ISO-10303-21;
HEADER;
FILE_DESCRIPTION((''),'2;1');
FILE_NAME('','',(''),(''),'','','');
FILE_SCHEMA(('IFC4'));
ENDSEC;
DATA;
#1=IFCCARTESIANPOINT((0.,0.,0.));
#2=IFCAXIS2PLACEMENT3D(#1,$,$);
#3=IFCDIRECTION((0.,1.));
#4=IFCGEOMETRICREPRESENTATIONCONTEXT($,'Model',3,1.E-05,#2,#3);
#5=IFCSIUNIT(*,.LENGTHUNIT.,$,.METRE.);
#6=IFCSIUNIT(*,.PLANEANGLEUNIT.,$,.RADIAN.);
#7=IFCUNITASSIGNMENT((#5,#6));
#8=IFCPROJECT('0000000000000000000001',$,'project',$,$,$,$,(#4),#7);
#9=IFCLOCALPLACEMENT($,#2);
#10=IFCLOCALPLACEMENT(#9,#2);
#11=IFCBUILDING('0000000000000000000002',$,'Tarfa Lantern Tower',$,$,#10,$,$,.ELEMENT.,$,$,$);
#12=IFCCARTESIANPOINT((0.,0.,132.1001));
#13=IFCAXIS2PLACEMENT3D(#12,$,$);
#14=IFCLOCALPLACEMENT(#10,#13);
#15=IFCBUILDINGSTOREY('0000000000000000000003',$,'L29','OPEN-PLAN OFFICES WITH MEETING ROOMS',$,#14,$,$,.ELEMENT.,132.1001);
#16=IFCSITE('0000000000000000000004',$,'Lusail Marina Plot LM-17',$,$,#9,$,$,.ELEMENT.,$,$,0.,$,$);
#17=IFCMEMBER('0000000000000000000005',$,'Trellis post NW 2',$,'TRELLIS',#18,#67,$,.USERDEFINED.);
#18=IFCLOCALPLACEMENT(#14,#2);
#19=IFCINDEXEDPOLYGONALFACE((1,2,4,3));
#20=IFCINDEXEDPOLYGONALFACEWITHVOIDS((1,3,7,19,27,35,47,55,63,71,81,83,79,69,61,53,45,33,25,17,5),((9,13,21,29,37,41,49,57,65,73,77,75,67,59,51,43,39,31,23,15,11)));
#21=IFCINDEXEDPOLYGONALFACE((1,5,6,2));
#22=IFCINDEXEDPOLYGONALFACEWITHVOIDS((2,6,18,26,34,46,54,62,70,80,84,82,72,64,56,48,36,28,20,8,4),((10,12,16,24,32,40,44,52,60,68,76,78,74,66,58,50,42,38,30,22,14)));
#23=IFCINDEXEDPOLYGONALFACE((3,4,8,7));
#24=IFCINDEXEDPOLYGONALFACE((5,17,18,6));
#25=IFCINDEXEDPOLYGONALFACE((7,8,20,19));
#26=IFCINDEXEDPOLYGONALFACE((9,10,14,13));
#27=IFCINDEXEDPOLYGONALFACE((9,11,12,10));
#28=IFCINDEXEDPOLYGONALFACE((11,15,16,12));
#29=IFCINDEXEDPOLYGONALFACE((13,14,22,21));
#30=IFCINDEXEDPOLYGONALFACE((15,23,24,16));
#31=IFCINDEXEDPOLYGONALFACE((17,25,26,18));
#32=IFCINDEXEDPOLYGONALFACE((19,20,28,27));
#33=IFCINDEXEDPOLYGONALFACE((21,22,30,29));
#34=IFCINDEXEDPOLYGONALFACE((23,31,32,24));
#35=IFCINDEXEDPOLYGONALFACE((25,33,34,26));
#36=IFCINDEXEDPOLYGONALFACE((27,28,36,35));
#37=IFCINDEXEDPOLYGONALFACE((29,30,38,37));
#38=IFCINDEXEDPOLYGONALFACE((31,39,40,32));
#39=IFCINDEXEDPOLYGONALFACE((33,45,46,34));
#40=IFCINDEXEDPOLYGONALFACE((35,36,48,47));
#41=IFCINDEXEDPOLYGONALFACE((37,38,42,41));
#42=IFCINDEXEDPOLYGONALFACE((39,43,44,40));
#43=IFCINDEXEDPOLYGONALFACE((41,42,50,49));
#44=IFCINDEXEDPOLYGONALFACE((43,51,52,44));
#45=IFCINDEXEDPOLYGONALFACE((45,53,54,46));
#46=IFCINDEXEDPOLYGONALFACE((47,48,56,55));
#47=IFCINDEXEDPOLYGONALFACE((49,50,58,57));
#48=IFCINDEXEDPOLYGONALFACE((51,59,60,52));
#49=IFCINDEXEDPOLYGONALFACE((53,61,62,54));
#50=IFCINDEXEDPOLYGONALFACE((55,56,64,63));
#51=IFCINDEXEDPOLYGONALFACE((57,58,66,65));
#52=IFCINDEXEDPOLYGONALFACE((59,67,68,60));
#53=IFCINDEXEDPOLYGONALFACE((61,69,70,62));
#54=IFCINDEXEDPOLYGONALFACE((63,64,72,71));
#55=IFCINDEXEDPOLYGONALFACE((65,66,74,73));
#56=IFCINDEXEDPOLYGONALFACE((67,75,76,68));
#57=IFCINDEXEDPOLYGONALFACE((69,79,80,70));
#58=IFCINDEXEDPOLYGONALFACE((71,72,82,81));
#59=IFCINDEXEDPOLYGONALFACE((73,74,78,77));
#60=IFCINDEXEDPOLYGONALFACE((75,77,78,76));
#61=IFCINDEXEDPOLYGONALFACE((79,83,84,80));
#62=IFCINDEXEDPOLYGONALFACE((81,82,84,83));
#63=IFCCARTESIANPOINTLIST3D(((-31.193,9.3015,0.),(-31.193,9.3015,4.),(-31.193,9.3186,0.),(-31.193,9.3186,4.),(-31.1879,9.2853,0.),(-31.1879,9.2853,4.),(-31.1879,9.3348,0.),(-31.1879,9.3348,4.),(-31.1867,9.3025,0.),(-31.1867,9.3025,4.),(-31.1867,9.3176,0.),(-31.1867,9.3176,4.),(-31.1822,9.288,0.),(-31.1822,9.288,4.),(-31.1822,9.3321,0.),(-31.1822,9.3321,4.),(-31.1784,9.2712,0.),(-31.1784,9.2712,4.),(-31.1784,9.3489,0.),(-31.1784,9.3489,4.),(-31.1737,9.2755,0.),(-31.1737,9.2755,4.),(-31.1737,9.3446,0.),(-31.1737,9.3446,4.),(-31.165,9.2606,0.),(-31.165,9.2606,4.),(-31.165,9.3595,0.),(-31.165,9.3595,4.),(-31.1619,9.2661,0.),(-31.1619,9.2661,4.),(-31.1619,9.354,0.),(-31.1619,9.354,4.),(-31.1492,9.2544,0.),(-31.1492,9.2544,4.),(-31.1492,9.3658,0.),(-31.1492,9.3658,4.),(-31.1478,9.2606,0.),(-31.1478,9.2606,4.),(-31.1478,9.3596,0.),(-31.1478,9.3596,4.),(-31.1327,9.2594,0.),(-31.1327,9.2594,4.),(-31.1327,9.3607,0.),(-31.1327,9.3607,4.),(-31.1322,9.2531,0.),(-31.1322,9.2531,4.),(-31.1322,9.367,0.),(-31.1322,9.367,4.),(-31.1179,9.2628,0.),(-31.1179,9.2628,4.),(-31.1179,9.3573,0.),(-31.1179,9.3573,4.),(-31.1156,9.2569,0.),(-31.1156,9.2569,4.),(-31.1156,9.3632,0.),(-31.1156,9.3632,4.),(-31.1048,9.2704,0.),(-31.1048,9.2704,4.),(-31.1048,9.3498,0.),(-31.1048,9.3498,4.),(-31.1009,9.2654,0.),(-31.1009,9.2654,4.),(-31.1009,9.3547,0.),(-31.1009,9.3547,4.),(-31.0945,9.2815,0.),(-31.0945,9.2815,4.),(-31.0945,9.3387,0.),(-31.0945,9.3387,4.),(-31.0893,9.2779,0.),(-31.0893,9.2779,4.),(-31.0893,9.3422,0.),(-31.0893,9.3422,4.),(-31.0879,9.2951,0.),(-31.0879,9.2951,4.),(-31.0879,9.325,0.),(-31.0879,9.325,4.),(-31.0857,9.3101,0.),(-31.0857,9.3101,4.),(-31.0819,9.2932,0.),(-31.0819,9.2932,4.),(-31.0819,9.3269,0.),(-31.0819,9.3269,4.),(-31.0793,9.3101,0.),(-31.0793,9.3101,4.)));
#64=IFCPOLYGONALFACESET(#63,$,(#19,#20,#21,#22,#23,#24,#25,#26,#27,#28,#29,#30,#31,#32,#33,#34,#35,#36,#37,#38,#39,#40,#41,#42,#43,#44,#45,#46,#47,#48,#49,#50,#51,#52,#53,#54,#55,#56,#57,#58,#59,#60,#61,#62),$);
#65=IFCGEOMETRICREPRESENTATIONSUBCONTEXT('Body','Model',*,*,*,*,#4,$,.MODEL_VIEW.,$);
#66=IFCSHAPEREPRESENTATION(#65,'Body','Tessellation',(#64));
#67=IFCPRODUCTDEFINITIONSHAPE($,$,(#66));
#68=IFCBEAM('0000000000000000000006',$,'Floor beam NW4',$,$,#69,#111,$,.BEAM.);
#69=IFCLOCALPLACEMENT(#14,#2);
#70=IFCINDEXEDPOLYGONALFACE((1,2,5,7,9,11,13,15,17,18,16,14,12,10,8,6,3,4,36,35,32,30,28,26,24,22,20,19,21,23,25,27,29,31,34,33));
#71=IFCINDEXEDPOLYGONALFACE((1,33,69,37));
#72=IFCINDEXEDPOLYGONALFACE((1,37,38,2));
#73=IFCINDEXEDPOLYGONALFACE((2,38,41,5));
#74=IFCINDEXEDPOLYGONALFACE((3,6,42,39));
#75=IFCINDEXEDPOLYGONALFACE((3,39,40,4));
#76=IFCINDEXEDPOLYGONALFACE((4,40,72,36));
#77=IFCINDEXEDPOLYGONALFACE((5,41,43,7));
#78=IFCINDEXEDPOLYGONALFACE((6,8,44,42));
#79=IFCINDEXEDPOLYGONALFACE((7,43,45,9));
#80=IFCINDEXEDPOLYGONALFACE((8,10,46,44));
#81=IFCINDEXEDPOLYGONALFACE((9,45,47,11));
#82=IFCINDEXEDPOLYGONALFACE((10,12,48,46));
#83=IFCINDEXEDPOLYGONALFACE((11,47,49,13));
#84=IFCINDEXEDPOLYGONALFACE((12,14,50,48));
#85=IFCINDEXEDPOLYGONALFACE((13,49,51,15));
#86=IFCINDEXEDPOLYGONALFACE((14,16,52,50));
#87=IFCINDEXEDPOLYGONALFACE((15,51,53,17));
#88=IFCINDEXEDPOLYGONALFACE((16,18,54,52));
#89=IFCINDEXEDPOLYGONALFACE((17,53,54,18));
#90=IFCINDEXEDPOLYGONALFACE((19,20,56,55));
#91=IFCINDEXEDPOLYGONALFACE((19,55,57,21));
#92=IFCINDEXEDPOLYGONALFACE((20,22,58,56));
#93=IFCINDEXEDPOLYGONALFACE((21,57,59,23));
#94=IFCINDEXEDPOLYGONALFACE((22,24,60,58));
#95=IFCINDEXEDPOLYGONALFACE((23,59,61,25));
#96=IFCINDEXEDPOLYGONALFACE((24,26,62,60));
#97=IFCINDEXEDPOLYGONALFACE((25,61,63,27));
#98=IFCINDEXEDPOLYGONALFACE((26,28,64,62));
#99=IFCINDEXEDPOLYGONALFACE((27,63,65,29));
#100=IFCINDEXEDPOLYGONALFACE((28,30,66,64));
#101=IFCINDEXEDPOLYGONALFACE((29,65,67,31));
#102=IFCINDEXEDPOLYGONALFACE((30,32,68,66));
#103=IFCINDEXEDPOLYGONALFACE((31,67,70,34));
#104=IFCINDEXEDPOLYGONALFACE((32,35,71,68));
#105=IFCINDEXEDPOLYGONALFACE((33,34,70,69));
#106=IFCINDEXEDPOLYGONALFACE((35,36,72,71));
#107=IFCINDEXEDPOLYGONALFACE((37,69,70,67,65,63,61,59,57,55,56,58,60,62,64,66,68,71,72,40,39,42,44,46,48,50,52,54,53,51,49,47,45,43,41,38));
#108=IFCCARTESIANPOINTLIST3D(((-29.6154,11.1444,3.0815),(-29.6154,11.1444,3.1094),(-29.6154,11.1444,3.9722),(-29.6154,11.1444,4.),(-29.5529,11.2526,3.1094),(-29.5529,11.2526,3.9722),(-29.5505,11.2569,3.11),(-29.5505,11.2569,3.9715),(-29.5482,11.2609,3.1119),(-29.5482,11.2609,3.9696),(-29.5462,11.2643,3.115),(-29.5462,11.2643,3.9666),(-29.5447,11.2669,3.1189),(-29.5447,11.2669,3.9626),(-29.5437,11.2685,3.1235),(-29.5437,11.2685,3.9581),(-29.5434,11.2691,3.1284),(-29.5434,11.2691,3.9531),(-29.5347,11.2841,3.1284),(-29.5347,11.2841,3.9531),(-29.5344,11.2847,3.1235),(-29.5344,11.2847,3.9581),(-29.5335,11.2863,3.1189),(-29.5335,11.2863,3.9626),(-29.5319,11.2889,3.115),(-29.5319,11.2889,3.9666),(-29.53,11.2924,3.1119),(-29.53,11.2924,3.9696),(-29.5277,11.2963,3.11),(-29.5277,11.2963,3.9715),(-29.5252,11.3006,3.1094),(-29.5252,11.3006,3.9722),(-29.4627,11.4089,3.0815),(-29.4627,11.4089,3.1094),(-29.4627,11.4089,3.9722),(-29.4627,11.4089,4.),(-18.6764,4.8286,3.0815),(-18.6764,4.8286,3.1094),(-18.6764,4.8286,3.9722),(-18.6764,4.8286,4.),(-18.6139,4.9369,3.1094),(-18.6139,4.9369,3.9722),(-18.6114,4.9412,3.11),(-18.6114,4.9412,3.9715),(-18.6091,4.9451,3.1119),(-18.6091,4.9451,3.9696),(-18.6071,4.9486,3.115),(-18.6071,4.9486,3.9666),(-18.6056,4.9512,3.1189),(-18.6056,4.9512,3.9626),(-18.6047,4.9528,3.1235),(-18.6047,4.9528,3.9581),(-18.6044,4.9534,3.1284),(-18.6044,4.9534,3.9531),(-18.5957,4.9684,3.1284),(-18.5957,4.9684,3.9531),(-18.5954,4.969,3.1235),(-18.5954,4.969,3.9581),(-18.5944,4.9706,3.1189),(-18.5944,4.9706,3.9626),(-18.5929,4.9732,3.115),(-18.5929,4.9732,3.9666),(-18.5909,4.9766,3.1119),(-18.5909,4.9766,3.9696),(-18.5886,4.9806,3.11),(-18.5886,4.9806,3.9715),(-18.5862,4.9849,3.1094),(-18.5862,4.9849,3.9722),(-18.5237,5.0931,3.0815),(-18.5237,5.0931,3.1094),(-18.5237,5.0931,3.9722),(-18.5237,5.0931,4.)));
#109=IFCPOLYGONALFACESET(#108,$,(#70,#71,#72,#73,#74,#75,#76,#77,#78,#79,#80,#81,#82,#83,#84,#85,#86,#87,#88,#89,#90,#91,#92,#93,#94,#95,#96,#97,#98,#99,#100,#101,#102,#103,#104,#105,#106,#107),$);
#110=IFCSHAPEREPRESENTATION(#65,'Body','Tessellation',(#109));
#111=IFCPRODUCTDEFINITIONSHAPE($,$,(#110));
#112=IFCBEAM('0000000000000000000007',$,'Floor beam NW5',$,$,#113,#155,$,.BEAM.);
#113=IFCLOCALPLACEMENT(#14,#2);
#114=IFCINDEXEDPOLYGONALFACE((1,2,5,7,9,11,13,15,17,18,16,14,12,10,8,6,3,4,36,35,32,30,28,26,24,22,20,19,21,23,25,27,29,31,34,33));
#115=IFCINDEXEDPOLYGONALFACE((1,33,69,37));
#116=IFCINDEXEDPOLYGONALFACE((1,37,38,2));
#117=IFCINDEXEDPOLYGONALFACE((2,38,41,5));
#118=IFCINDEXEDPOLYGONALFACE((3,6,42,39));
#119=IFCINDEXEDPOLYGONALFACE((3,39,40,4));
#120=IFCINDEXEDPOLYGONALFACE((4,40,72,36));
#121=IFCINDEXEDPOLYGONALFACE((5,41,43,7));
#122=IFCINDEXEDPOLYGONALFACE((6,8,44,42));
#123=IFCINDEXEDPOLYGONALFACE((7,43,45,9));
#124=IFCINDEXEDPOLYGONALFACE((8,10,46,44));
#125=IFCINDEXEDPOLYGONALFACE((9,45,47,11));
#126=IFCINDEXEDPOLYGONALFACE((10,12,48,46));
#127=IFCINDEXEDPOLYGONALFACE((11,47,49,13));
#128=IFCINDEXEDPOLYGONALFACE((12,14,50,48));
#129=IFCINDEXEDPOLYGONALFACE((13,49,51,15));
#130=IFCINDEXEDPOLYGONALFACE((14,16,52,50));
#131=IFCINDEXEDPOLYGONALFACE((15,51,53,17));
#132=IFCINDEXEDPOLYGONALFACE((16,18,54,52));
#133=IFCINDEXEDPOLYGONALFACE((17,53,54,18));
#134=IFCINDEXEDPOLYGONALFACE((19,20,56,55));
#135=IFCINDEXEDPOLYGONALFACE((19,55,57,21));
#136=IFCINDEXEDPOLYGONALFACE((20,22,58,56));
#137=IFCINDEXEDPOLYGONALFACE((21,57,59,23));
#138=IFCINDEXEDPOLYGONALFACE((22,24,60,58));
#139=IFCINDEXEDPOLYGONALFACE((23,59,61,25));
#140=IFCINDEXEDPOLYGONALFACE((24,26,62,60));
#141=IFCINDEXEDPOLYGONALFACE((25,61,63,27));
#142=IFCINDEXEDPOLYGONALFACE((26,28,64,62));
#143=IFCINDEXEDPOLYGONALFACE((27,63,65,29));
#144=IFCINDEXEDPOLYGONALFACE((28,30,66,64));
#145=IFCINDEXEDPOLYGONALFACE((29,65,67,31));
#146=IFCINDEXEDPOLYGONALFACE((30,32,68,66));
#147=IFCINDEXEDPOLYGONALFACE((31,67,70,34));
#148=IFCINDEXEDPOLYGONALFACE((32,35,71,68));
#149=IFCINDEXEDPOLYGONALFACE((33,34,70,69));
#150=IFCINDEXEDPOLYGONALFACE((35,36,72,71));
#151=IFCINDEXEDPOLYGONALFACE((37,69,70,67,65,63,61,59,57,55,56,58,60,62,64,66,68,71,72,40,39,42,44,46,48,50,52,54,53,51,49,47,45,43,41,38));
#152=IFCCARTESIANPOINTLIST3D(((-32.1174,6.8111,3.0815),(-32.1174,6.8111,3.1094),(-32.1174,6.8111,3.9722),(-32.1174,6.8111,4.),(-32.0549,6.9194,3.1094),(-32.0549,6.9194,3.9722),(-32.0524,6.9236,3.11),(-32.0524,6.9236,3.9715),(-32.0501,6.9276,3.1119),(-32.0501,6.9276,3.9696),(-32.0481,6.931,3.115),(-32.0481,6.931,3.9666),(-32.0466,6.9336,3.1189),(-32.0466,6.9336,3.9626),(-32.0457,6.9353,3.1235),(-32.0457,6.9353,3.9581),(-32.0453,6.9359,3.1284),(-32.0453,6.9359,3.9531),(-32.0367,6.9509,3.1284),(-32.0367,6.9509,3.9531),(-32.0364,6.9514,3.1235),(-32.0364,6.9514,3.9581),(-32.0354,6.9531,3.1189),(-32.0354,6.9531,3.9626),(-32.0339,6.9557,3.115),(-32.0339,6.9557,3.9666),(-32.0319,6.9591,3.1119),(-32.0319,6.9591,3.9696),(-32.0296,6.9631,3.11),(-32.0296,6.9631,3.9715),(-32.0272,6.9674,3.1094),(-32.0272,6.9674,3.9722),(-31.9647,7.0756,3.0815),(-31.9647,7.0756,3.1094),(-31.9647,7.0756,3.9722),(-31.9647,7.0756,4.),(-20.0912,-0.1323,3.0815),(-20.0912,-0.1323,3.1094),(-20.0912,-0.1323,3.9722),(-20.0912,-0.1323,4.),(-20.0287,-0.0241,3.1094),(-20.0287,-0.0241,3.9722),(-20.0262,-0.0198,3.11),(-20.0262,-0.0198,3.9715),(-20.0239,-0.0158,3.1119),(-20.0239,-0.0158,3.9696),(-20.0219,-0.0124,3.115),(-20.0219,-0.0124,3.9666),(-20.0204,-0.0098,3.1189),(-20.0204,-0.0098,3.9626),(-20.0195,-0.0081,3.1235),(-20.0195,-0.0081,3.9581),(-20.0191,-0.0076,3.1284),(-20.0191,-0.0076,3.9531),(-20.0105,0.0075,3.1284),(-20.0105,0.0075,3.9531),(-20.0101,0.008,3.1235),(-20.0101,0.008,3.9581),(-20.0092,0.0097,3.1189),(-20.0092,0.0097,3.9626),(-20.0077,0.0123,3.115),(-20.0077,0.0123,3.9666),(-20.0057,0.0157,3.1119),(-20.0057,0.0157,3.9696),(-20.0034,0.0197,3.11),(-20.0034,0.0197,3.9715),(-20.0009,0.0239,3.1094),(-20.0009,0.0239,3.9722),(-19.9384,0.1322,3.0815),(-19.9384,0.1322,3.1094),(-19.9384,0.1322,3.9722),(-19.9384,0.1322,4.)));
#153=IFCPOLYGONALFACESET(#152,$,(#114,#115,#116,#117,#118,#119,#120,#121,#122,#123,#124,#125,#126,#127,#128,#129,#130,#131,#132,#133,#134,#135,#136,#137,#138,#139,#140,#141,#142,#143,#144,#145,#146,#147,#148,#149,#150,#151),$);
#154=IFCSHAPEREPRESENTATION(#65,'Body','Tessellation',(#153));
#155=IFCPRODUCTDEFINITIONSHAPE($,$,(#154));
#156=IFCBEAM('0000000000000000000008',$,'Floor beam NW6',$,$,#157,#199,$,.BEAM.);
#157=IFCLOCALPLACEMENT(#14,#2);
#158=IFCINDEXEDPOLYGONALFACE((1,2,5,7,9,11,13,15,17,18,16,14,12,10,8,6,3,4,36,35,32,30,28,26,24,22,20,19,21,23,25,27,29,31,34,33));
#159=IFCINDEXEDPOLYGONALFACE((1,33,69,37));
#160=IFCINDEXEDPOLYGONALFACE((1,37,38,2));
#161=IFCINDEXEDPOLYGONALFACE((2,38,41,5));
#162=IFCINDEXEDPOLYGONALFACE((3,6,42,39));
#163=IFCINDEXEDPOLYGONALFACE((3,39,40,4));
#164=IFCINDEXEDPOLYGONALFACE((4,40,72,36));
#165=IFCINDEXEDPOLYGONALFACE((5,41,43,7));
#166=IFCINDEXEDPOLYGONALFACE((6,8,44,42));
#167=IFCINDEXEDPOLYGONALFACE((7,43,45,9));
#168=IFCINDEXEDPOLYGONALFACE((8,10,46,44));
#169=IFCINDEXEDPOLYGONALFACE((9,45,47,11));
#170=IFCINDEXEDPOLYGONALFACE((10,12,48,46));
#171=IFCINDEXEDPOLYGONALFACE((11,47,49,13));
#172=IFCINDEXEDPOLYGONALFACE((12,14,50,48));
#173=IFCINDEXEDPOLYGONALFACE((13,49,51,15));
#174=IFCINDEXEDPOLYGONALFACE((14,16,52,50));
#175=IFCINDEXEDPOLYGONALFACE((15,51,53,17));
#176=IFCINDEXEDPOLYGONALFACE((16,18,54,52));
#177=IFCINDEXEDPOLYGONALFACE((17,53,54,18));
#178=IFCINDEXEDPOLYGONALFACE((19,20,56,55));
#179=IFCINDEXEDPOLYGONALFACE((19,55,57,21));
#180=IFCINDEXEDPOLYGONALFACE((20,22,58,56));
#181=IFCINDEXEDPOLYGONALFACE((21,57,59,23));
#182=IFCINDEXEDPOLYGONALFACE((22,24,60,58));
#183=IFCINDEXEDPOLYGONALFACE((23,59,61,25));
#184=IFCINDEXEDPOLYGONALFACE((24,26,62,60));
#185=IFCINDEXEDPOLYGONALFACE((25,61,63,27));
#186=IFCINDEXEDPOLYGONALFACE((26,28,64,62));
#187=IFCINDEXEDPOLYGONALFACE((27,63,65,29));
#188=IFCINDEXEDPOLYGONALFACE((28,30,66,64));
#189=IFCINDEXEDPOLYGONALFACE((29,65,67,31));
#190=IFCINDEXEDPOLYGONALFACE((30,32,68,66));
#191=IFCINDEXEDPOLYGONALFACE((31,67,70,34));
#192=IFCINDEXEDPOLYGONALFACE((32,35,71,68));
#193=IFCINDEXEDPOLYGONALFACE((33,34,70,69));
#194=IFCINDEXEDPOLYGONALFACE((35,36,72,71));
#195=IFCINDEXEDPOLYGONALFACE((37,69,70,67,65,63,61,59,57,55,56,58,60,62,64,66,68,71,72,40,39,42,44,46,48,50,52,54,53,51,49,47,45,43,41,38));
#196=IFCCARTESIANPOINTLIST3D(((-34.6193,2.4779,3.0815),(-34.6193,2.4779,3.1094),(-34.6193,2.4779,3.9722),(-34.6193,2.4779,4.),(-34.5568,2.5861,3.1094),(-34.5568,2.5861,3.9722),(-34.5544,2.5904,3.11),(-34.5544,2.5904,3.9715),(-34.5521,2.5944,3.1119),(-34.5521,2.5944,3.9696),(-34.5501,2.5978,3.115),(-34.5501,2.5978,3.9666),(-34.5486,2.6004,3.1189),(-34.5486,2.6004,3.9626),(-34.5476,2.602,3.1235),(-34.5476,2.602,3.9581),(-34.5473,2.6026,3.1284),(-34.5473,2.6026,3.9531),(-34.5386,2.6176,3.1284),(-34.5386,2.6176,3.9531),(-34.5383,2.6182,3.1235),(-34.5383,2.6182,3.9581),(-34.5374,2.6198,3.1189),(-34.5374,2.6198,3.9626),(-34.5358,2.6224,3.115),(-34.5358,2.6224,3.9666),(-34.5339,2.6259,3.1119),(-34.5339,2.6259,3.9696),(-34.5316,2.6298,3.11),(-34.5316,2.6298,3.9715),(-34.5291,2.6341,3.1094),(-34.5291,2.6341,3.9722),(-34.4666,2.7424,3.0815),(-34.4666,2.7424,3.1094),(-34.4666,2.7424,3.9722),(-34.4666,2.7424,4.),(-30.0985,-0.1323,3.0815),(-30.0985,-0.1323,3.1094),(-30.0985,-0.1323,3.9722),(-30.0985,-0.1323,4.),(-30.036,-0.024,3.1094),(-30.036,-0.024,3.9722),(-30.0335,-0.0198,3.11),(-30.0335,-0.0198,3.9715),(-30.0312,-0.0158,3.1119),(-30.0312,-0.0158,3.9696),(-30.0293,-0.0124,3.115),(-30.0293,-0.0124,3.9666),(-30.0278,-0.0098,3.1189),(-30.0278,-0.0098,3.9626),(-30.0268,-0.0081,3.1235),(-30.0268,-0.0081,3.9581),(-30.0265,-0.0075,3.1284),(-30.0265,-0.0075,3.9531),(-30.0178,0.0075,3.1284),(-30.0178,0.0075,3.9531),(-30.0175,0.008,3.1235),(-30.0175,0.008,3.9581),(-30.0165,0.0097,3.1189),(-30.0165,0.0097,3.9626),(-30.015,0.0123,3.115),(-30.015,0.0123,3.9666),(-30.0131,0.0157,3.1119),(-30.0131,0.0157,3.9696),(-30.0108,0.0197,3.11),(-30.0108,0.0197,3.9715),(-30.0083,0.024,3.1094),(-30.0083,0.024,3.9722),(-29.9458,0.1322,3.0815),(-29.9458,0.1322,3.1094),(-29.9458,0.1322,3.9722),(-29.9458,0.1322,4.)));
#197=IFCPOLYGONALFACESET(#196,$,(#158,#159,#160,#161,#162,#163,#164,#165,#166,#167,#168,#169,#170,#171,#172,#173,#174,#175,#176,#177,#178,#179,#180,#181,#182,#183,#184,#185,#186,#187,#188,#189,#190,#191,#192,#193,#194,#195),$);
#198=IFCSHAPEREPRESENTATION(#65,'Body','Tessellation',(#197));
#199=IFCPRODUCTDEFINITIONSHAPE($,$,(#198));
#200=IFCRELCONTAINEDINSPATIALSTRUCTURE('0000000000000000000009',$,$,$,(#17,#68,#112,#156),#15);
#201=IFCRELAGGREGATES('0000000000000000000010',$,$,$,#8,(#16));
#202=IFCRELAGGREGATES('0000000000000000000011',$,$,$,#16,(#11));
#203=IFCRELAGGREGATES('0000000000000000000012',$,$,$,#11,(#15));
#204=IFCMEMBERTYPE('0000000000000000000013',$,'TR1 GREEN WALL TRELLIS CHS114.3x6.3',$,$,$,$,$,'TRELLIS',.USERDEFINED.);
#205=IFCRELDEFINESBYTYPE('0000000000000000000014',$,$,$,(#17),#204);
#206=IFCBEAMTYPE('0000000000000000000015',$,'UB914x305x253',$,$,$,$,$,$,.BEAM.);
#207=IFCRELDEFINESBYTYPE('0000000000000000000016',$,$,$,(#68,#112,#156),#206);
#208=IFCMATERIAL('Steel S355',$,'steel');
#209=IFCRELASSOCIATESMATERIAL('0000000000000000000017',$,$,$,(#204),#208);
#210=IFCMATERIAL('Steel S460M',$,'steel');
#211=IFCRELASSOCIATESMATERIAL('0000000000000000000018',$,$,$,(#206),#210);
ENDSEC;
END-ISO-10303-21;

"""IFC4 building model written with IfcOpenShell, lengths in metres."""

from ifc_helpers import new_model, si_unit, direction, frame, origin, origin_2d, place, context, subcontext, project, spatial, hollow_circle, i_section, extrude, material, material_profile, profile_set, type_object, element, save


model = new_model("IFC4")

# Units and contexts
model_context = context("Model", 3, precision=1e-05, world=origin(), true_north=direction((0.0, 1.0)))
body_context = subcontext(model_context, "Body", "Model", "MODEL_VIEW")
ifc_project = project(units=[si_unit("LENGTHUNIT", "METRE"), si_unit("PLANEANGLEUNIT", "RADIAN")], contexts=[model_context])

# Site, building, storey
site_placement = place(None, origin())
site = spatial("IfcSite", under=ifc_project, at=site_placement, Name="Lusail Marina Plot LM-17", CompositionType="ELEMENT", RefElevation=0.0)
building_placement = place(site_placement, origin())
building = spatial("IfcBuilding", under=site, at=building_placement, Name="Tarfa Lantern Tower", CompositionType="ELEMENT")
storey_placement = place(building_placement, frame((0.0, 0.0, 132.1001)))
storey = spatial("IfcBuildingStorey", under=building, at=storey_placement, Name="L29", Description="OPEN-PLAN OFFICES WITH MEETING ROOMS", CompositionType="ELEMENT", Elevation=132.1001)

# Member
ifc_material_1 = material(Name="Steel S355", Category="steel")
ifc_material_profile_1 = material_profile(ifc_material_1, hollow_circle(Radius=0.0571, WallThickness=0.0063, at=origin_2d()), Name="CHS114.3x6.3")
ifc_profile_set_1 = profile_set([ifc_material_profile_1], Name="Steel S355")
member_type_1 = type_object("IfcMemberType", Name="TR1 GREEN WALL TRELLIS CHS114.3x6.3", ElementType="TRELLIS", PredefinedType="USERDEFINED", material=ifc_profile_set_1)
member_1_placement = place(storey_placement, frame((-31.1365, 9.3101, 0.0), z_axis=(0.0, 0.0, 1.0), x_axis=(1.0, 0.0, 0.0)))
element("IfcMember", 1, at=member_1_placement, inside=storey, type_object=member_type_1, Name="Trellis post NW 2", ObjectType="TRELLIS", PredefinedType="USERDEFINED", context=body_context, shape_type="SweptSolid", body=[
    extrude(hollow_circle(Radius=0.0571, WallThickness=0.0063, at=origin_2d()), origin(), (0.0, 0.0, 1.0), 4.0),
])

# Beams
ifc_material_2 = material(Name="Steel S460M", Category="steel")
ifc_material_profile_2 = material_profile(ifc_material_2, i_section(OverallWidth=0.3054, OverallDepth=0.9185, WebThickness=0.0173, FlangeThickness=0.0278, FilletRadius=0.019, at=origin_2d()), Name="UB914x305x253")
ifc_profile_set_2 = profile_set([ifc_material_profile_2], Name="Steel S460M")
beam_type_1 = type_object("IfcBeamType", Name="UB914x305x253", PredefinedType="BEAM", material=ifc_profile_set_2)
beam_1_placement = place(storey_placement, frame((-29.5391, 11.2766, 3.5408), z_axis=(0.866023, -0.500004, 0.0), x_axis=(0.500004, 0.866023, 0.0)))
element("IfcBeam", 2, at=beam_1_placement, inside=storey, type_object=beam_type_1, Name="Floor beam NW4", PredefinedType="BEAM", context=body_context, shape_type="SweptSolid", body=[
    extrude(i_section(OverallWidth=0.3054, OverallDepth=0.9185, WebThickness=0.0173, FlangeThickness=0.0278, FilletRadius=0.019, at=origin_2d()), origin(), (0.0, 0.0, 1.0), 12.6313),
])
beam_2_placement = place(storey_placement, frame((-32.041, 6.9434, 3.5408), z_axis=(0.866023, -0.500004, 0.0), x_axis=(0.500004, 0.866023, 0.0)))
element("IfcBeam", 3, at=beam_2_placement, inside=storey, type_object=beam_type_1, Name="Floor beam NW5", PredefinedType="BEAM", context=body_context, shape_type="SweptSolid", body=[
    extrude(i_section(OverallWidth=0.3054, OverallDepth=0.9185, WebThickness=0.0173, FlangeThickness=0.0278, FilletRadius=0.019, at=origin_2d()), origin(), (0.0, 0.0, 1.0), 13.8867),
])
beam_3_placement = place(storey_placement, frame((-34.543, 2.6101, 3.5408), z_axis=(0.866021, -0.500007, 0.0), x_axis=(0.500007, 0.866021, 0.0)))
element("IfcBeam", 4, at=beam_3_placement, inside=storey, type_object=beam_type_1, Name="Floor beam NW6", PredefinedType="BEAM", context=body_context, shape_type="SweptSolid", body=[
    extrude(i_section(OverallWidth=0.3054, OverallDepth=0.9185, WebThickness=0.0173, FlangeThickness=0.0278, FilletRadius=0.019, at=origin_2d()), origin(), (0.0, 0.0, 1.0), 5.2202),
])

save(model, "model.ifc")
